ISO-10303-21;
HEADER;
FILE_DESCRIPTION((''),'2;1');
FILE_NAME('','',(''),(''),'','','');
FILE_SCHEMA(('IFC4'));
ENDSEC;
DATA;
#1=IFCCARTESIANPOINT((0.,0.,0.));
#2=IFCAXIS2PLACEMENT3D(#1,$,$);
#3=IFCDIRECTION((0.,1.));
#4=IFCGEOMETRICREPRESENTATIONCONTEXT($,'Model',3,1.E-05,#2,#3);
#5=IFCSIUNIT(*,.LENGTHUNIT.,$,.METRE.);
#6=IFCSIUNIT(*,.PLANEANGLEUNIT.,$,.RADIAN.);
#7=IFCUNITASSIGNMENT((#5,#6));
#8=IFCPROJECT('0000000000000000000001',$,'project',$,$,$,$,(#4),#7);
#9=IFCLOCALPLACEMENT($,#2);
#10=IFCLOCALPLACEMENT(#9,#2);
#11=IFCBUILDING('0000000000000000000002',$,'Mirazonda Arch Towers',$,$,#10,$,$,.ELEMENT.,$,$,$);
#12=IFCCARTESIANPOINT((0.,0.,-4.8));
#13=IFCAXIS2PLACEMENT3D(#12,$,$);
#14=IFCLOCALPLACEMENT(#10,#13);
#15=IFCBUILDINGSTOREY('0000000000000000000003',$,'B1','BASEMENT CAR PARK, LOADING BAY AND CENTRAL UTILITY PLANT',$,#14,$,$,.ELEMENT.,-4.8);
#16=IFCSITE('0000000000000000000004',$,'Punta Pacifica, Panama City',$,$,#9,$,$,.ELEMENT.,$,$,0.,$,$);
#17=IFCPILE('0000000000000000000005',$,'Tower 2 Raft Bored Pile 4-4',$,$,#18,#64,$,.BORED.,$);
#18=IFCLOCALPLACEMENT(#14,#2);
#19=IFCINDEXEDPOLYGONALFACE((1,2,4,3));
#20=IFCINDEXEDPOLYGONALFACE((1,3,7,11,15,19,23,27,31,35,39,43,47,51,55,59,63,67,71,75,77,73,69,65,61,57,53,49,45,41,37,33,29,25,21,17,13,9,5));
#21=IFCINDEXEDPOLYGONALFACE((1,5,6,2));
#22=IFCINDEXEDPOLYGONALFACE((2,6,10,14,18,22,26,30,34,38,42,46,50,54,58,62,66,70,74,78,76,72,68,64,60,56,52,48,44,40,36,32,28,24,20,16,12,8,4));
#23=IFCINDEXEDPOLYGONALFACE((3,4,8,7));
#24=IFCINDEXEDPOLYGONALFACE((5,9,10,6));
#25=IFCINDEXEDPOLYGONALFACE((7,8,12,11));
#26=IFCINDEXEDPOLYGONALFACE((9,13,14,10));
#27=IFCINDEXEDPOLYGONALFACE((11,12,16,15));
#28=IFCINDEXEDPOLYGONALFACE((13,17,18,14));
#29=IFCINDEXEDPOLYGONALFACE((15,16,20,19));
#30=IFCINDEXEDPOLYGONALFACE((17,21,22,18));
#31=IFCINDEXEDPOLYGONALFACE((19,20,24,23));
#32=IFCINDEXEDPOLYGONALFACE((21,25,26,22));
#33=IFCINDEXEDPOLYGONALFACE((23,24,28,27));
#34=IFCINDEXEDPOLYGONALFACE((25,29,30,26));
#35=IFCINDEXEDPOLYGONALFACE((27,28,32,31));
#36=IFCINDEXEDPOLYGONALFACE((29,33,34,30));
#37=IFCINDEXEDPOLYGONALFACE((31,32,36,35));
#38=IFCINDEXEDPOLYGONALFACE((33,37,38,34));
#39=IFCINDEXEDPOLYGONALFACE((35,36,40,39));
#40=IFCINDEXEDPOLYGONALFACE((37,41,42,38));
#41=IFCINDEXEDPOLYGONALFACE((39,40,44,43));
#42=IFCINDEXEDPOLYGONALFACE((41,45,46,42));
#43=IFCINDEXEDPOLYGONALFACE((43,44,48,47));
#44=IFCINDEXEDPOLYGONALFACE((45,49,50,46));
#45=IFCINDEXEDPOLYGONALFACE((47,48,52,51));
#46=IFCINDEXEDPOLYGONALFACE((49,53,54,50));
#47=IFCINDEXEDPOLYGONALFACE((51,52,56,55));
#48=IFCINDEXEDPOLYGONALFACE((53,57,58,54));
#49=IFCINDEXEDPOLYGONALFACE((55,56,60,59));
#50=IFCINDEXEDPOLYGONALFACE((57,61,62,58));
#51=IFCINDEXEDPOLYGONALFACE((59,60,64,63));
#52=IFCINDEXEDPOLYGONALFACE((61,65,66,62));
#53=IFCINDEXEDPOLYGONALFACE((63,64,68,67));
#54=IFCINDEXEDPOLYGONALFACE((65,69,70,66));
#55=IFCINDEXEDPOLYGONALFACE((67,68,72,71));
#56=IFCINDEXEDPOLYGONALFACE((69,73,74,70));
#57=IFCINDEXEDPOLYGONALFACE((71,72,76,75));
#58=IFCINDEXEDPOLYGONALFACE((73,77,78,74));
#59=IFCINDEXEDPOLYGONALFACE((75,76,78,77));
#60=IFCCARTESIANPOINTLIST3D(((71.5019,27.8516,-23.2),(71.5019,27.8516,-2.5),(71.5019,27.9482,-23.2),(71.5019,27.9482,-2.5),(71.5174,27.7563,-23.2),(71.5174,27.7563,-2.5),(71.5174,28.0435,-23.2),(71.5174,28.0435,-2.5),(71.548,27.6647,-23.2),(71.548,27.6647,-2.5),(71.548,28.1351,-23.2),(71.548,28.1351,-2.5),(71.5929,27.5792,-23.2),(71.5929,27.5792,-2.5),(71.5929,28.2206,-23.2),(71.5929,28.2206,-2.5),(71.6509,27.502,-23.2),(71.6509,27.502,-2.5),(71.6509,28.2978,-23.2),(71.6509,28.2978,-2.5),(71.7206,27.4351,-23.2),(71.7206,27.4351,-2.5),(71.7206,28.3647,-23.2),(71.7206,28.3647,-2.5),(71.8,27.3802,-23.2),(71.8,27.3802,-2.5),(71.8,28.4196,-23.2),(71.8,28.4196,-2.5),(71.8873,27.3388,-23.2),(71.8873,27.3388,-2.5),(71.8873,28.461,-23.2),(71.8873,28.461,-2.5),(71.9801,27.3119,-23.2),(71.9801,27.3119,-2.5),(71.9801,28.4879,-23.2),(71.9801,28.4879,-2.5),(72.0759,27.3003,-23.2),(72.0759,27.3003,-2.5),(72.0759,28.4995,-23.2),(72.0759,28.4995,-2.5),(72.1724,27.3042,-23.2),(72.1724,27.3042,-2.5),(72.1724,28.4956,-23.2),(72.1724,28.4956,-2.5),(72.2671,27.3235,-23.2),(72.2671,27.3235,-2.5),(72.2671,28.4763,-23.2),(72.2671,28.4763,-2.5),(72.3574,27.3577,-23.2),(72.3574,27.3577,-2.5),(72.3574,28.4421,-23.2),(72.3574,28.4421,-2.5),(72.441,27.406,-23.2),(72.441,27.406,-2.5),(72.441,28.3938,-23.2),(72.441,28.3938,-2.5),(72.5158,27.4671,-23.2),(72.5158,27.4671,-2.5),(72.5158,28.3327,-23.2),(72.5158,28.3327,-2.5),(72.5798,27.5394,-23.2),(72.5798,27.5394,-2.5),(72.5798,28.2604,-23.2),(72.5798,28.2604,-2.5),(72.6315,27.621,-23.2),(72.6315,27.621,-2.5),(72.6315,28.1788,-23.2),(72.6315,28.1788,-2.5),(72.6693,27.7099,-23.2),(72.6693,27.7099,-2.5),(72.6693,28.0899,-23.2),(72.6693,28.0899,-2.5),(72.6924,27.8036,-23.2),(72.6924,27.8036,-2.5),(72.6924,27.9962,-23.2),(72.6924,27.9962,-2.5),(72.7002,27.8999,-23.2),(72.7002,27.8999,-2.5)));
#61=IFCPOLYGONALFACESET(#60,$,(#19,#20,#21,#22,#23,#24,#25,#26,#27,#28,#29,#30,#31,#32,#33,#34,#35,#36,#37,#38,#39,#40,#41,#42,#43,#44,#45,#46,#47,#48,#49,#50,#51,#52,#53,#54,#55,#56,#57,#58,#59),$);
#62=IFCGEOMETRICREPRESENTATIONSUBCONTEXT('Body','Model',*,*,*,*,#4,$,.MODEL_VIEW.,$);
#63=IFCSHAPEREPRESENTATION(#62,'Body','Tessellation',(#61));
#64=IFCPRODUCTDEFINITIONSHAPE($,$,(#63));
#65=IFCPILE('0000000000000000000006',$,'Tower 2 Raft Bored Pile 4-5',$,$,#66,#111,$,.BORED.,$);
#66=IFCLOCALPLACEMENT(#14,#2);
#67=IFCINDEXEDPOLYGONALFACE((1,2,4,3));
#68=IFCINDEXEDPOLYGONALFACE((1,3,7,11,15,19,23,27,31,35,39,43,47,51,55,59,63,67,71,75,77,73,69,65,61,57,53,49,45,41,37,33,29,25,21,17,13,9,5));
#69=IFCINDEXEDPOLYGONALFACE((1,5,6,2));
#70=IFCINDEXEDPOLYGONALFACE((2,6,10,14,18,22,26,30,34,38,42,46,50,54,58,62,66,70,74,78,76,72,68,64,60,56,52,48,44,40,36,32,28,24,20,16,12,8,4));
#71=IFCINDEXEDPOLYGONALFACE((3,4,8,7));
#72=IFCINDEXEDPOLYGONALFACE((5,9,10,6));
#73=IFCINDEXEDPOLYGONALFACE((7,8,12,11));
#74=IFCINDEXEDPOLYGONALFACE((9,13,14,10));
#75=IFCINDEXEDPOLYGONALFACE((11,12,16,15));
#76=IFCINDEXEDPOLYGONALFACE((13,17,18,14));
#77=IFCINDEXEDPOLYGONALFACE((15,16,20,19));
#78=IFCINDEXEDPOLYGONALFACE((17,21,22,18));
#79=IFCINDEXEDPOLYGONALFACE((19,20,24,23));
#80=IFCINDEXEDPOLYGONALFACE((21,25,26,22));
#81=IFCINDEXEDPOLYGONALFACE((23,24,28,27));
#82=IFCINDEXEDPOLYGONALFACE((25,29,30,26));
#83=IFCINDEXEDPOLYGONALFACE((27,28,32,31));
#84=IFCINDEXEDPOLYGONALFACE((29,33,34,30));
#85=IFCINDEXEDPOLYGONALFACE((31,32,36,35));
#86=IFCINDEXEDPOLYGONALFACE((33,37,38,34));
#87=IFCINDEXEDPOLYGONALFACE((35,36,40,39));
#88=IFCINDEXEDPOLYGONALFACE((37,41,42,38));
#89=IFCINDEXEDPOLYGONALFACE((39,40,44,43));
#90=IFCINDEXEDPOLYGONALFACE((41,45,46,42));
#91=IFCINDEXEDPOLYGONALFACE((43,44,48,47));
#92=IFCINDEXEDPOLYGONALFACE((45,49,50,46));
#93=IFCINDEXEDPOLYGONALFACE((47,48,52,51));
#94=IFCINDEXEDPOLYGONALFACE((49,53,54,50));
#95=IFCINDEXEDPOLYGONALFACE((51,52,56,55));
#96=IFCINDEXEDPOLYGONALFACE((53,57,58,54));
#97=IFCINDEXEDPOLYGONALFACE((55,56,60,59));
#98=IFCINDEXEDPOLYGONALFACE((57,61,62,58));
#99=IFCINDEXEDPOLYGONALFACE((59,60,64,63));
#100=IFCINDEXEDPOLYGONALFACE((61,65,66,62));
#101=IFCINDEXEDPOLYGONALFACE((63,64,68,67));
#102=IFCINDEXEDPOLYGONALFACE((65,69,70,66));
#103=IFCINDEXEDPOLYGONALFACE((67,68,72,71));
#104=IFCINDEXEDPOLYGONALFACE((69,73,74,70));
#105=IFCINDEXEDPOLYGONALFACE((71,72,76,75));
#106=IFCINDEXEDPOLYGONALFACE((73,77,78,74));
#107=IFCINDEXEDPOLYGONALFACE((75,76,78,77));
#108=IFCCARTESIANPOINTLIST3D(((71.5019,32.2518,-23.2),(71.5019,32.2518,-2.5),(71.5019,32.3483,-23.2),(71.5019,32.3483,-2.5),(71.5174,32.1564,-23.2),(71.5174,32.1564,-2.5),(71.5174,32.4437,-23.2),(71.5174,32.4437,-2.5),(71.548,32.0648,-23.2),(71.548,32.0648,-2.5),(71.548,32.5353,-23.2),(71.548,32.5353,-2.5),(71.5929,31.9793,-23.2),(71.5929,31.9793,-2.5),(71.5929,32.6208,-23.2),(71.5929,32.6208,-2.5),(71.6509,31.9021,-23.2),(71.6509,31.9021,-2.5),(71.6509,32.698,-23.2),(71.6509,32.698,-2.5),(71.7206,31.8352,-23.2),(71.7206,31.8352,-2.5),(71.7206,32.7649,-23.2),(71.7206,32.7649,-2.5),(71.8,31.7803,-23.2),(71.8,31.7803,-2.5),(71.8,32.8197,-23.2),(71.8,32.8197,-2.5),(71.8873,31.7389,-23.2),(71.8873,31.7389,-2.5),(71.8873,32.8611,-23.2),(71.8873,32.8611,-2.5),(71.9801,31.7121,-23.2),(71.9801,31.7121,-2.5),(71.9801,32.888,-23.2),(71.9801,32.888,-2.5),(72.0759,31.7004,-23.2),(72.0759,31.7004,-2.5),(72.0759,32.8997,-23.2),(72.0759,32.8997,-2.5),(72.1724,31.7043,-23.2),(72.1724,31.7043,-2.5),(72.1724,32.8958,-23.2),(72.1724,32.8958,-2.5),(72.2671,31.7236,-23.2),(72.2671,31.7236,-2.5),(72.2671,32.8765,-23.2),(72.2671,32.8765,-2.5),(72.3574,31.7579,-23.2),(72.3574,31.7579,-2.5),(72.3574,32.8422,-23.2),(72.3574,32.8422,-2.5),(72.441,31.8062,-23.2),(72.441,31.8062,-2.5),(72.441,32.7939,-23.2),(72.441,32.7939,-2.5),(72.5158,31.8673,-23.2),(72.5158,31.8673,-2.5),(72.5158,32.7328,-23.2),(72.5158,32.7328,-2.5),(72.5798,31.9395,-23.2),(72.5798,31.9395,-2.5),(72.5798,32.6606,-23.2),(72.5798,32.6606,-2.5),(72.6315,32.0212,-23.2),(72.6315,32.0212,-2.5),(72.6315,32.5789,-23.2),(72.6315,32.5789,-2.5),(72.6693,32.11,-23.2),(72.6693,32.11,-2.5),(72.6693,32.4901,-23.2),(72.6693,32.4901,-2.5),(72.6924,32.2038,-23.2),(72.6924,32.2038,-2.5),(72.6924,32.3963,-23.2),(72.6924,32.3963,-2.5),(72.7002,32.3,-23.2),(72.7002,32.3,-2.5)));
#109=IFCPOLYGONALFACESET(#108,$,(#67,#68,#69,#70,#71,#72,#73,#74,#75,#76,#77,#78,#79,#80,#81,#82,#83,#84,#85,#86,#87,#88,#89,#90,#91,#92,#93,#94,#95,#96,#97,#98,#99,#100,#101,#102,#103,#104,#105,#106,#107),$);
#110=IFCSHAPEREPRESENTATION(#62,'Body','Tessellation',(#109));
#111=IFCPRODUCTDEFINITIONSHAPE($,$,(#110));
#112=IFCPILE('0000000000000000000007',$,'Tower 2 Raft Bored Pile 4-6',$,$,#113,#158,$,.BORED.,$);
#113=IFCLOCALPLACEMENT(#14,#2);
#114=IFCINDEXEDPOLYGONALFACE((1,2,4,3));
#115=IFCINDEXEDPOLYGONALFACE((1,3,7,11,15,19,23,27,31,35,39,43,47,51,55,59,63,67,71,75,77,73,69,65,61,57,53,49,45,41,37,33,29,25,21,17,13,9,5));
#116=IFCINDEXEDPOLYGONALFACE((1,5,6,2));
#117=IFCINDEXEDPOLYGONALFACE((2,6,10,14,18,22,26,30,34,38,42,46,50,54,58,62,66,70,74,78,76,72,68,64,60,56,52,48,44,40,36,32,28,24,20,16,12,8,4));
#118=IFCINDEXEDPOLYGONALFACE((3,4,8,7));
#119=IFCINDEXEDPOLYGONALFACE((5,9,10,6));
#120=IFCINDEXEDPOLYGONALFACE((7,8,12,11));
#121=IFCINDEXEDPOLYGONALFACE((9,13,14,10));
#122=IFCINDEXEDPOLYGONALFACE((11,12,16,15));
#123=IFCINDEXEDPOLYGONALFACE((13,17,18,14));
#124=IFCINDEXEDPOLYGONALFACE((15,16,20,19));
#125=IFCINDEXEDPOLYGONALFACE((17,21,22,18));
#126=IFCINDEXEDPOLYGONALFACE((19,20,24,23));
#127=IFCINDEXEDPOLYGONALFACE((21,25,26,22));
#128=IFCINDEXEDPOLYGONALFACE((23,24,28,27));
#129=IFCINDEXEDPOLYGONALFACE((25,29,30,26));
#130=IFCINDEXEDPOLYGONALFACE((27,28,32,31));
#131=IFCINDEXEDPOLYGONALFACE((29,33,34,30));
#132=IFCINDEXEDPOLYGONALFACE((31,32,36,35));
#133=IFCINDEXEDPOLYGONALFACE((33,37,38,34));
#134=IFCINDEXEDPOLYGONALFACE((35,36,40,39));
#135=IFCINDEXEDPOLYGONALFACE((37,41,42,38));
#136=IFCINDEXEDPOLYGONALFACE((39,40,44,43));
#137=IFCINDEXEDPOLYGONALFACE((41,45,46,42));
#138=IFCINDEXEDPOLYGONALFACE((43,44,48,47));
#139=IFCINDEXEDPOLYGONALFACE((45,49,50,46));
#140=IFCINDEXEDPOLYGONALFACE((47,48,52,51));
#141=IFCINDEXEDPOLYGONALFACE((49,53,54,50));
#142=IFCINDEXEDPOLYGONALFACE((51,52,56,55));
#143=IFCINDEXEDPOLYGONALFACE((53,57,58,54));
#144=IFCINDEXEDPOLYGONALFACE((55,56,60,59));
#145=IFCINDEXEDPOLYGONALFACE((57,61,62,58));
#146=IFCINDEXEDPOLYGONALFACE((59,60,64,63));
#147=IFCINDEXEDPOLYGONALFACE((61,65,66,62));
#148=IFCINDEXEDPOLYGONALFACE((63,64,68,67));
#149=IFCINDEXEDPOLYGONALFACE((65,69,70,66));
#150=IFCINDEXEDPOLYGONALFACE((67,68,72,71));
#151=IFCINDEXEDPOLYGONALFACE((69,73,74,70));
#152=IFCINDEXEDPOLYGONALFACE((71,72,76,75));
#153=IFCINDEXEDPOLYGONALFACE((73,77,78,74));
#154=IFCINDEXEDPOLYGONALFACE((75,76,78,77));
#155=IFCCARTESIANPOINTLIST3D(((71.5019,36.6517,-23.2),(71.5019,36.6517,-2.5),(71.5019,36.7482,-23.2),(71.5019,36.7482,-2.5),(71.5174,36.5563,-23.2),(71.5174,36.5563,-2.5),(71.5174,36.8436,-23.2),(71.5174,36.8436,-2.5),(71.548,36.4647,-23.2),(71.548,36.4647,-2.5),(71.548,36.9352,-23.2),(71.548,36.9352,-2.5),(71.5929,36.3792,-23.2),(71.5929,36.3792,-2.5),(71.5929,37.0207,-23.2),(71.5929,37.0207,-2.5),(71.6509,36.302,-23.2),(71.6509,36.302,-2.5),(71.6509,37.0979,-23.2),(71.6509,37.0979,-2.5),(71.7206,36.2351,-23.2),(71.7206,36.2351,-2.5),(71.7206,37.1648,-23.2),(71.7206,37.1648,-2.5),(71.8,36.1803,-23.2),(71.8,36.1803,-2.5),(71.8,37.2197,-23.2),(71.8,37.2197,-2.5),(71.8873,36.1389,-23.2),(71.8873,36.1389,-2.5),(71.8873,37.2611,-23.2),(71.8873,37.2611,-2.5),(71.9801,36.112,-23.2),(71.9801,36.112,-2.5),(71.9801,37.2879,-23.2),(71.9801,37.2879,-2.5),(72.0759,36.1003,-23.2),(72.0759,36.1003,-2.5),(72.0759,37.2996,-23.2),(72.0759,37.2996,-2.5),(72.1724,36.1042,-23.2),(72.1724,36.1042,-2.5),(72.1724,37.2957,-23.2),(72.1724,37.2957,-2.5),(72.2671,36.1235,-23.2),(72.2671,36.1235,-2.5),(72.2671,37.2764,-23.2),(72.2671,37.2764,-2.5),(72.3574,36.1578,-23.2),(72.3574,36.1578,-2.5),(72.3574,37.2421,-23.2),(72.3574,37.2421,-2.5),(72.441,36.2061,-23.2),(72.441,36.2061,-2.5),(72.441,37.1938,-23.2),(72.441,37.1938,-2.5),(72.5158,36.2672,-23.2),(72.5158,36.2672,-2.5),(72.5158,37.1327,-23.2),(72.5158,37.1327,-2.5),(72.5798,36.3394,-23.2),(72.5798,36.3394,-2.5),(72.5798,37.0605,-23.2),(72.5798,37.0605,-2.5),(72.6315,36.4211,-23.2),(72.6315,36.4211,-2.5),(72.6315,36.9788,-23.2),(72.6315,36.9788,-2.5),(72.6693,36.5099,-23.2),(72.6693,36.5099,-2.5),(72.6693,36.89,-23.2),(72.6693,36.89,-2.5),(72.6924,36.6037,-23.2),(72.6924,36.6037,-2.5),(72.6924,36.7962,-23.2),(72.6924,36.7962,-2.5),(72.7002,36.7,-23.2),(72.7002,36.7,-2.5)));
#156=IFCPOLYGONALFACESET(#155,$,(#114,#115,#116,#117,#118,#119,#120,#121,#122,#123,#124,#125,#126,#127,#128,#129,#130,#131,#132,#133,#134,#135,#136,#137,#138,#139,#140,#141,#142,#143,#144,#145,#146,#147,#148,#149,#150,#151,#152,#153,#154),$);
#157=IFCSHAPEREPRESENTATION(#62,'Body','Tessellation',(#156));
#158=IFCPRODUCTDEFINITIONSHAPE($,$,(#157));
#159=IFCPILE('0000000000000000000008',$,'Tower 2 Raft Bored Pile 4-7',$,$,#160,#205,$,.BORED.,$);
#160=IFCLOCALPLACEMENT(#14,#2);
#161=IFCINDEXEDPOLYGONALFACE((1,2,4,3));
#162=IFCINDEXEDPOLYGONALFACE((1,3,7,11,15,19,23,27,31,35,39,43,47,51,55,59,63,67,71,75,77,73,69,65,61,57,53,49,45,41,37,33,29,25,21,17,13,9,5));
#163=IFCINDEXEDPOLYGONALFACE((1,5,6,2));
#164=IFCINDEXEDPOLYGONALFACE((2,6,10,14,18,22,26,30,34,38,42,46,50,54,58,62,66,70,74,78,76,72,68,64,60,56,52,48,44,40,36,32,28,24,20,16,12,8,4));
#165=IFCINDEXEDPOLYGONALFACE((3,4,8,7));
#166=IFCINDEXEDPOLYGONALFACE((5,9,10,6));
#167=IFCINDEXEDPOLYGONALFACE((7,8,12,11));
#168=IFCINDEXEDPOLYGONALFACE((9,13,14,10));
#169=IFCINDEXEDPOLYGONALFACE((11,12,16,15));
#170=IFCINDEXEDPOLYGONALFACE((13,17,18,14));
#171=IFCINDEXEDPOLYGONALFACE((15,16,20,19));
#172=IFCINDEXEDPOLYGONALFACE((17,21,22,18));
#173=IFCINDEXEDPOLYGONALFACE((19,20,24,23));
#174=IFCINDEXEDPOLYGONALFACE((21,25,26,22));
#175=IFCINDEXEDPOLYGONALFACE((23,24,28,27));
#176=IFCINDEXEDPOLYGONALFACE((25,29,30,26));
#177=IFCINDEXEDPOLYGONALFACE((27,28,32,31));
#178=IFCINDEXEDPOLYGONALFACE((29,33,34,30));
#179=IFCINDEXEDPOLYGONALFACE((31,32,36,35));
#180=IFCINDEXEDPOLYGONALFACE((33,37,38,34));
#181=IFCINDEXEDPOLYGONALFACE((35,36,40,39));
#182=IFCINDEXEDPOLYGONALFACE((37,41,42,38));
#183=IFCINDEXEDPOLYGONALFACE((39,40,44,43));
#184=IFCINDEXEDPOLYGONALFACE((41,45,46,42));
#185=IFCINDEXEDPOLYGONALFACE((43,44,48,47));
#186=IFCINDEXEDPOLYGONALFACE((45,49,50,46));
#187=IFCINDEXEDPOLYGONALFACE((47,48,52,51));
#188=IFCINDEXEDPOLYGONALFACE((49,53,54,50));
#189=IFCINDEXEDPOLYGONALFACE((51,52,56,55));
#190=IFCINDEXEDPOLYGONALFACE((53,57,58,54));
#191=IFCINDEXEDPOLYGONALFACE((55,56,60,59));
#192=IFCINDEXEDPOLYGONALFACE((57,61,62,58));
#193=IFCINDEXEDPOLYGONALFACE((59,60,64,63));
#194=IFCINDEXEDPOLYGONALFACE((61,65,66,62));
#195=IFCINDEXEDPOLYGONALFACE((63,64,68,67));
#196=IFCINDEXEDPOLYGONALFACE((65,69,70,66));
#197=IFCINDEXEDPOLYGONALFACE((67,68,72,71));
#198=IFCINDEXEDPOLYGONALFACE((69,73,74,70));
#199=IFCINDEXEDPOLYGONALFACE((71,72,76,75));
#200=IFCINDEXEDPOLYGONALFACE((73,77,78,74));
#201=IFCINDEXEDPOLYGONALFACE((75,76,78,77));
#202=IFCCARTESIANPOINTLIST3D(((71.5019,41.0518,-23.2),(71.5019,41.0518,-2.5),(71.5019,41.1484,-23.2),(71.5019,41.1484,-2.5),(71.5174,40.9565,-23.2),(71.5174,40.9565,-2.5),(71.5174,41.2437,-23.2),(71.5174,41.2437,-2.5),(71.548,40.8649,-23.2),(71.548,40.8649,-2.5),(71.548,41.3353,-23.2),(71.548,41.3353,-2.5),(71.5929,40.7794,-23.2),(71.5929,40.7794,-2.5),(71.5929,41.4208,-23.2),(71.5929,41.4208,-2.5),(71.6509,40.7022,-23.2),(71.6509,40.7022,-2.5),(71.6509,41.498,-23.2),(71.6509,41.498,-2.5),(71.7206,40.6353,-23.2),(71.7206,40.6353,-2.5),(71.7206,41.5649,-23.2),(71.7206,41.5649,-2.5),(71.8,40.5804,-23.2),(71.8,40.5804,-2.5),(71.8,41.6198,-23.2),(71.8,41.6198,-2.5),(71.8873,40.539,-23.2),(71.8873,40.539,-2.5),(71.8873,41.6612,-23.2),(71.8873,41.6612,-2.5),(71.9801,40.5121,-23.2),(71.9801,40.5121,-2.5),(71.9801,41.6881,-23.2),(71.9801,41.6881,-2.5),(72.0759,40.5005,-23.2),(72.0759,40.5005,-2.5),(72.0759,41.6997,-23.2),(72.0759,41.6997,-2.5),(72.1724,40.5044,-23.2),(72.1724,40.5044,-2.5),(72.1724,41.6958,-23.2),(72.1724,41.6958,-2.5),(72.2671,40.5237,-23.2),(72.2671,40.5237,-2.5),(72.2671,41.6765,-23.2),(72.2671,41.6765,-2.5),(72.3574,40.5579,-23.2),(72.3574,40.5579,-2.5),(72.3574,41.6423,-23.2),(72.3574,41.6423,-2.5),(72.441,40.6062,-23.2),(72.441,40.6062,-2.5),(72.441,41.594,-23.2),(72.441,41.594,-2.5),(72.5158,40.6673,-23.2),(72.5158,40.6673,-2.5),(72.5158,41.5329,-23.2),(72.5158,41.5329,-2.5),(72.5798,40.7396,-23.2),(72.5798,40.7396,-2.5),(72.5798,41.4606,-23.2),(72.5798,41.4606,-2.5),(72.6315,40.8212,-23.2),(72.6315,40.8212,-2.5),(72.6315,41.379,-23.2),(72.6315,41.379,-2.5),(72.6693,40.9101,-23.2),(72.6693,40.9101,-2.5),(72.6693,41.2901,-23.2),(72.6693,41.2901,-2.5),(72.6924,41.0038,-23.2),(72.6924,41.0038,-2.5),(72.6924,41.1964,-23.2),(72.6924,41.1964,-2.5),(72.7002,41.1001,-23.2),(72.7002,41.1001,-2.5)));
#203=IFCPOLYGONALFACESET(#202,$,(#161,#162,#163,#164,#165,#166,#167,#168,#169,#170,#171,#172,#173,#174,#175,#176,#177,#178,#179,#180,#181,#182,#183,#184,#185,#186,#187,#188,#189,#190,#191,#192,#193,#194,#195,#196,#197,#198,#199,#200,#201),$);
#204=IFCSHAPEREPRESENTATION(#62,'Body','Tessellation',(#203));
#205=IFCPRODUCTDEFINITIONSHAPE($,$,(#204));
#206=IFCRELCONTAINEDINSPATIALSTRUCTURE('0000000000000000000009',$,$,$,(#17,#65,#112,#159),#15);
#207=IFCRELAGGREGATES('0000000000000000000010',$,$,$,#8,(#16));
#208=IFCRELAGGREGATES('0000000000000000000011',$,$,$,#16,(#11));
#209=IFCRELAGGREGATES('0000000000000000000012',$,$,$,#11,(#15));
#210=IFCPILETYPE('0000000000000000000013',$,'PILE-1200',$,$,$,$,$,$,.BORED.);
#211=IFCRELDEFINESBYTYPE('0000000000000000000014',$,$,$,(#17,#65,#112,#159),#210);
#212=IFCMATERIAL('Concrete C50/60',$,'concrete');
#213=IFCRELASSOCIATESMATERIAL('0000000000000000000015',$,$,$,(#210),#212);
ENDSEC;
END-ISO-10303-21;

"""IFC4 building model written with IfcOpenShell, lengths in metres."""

from ifc_helpers import new_model, si_unit, direction, frame, origin, origin_2d, place, context, subcontext, project, spatial, circle, extrude, material, material_profile, profile_set, type_object, element, save


model = new_model("IFC4")

# Units and contexts
model_context = context("Model", 3, precision=1e-05, world=origin(), true_north=direction((0.0, 1.0)))
body_context = subcontext(model_context, "Body", "Model", "MODEL_VIEW")
ifc_project = project(units=[si_unit("LENGTHUNIT", "METRE"), si_unit("PLANEANGLEUNIT", "RADIAN")], contexts=[model_context])

# Site, building, storey
site_placement = place(None, origin())
site = spatial("IfcSite", under=ifc_project, at=site_placement, Name="Punta Pacifica, Panama City", CompositionType="ELEMENT", RefElevation=0.0)
building_placement = place(site_placement, origin())
building = spatial("IfcBuilding", under=site, at=building_placement, Name="Mirazonda Arch Towers", CompositionType="ELEMENT")
storey_placement = place(building_placement, frame((0.0, 0.0, -4.8)))
storey = spatial("IfcBuildingStorey", under=building, at=storey_placement, Name="B1", Description="BASEMENT CAR PARK, LOADING BAY AND CENTRAL UTILITY PLANT", CompositionType="ELEMENT", Elevation=-4.8)

# Piles
ifc_material_1 = material(Name="Concrete C50/60", Category="concrete")
ifc_material_profile_1 = material_profile(ifc_material_1, circle(Radius=0.6001, at=origin_2d()), Name="BORED-D1200")
ifc_profile_set_1 = profile_set([ifc_material_profile_1], Name="Concrete C50/60")
pile_type = type_object("IfcPileType", Name="PILE-1200", PredefinedType="BORED", material=ifc_profile_set_1)
for number, where, z_axis, x_axis, name in (
    (1, (72.1001, 27.8999, -2.5), (0.0, 0.0, -1.0), (1.0, 0.0, 0.0), "Tower 2 Raft Bored Pile 4-4"),
    (2, (72.1001, 32.3, -2.5), (0.0, 0.0, -1.0), (1.0, 0.0, 0.0), "Tower 2 Raft Bored Pile 4-5"),
    (3, (72.1001, 36.7, -2.5), (0.0, 0.0, -1.0), (1.0, 0.0, 0.0), "Tower 2 Raft Bored Pile 4-6"),
    (4, (72.1001, 41.1001, -2.5), (0.0, 0.0, -1.0), (1.0, 0.0, 0.0), "Tower 2 Raft Bored Pile 4-7"),
):
    element("IfcPile", number, at=place(storey_placement, frame(where, z_axis=z_axis, x_axis=x_axis)), inside=storey, type_object=pile_type, Name=name, PredefinedType="BORED", context=body_context, shape_type="SweptSolid", body=[
        extrude(circle(Radius=0.6001, at=origin_2d()), origin(), (0.0, 0.0, 1.0), 20.7),
    ])

save(model, "model.ifc")
